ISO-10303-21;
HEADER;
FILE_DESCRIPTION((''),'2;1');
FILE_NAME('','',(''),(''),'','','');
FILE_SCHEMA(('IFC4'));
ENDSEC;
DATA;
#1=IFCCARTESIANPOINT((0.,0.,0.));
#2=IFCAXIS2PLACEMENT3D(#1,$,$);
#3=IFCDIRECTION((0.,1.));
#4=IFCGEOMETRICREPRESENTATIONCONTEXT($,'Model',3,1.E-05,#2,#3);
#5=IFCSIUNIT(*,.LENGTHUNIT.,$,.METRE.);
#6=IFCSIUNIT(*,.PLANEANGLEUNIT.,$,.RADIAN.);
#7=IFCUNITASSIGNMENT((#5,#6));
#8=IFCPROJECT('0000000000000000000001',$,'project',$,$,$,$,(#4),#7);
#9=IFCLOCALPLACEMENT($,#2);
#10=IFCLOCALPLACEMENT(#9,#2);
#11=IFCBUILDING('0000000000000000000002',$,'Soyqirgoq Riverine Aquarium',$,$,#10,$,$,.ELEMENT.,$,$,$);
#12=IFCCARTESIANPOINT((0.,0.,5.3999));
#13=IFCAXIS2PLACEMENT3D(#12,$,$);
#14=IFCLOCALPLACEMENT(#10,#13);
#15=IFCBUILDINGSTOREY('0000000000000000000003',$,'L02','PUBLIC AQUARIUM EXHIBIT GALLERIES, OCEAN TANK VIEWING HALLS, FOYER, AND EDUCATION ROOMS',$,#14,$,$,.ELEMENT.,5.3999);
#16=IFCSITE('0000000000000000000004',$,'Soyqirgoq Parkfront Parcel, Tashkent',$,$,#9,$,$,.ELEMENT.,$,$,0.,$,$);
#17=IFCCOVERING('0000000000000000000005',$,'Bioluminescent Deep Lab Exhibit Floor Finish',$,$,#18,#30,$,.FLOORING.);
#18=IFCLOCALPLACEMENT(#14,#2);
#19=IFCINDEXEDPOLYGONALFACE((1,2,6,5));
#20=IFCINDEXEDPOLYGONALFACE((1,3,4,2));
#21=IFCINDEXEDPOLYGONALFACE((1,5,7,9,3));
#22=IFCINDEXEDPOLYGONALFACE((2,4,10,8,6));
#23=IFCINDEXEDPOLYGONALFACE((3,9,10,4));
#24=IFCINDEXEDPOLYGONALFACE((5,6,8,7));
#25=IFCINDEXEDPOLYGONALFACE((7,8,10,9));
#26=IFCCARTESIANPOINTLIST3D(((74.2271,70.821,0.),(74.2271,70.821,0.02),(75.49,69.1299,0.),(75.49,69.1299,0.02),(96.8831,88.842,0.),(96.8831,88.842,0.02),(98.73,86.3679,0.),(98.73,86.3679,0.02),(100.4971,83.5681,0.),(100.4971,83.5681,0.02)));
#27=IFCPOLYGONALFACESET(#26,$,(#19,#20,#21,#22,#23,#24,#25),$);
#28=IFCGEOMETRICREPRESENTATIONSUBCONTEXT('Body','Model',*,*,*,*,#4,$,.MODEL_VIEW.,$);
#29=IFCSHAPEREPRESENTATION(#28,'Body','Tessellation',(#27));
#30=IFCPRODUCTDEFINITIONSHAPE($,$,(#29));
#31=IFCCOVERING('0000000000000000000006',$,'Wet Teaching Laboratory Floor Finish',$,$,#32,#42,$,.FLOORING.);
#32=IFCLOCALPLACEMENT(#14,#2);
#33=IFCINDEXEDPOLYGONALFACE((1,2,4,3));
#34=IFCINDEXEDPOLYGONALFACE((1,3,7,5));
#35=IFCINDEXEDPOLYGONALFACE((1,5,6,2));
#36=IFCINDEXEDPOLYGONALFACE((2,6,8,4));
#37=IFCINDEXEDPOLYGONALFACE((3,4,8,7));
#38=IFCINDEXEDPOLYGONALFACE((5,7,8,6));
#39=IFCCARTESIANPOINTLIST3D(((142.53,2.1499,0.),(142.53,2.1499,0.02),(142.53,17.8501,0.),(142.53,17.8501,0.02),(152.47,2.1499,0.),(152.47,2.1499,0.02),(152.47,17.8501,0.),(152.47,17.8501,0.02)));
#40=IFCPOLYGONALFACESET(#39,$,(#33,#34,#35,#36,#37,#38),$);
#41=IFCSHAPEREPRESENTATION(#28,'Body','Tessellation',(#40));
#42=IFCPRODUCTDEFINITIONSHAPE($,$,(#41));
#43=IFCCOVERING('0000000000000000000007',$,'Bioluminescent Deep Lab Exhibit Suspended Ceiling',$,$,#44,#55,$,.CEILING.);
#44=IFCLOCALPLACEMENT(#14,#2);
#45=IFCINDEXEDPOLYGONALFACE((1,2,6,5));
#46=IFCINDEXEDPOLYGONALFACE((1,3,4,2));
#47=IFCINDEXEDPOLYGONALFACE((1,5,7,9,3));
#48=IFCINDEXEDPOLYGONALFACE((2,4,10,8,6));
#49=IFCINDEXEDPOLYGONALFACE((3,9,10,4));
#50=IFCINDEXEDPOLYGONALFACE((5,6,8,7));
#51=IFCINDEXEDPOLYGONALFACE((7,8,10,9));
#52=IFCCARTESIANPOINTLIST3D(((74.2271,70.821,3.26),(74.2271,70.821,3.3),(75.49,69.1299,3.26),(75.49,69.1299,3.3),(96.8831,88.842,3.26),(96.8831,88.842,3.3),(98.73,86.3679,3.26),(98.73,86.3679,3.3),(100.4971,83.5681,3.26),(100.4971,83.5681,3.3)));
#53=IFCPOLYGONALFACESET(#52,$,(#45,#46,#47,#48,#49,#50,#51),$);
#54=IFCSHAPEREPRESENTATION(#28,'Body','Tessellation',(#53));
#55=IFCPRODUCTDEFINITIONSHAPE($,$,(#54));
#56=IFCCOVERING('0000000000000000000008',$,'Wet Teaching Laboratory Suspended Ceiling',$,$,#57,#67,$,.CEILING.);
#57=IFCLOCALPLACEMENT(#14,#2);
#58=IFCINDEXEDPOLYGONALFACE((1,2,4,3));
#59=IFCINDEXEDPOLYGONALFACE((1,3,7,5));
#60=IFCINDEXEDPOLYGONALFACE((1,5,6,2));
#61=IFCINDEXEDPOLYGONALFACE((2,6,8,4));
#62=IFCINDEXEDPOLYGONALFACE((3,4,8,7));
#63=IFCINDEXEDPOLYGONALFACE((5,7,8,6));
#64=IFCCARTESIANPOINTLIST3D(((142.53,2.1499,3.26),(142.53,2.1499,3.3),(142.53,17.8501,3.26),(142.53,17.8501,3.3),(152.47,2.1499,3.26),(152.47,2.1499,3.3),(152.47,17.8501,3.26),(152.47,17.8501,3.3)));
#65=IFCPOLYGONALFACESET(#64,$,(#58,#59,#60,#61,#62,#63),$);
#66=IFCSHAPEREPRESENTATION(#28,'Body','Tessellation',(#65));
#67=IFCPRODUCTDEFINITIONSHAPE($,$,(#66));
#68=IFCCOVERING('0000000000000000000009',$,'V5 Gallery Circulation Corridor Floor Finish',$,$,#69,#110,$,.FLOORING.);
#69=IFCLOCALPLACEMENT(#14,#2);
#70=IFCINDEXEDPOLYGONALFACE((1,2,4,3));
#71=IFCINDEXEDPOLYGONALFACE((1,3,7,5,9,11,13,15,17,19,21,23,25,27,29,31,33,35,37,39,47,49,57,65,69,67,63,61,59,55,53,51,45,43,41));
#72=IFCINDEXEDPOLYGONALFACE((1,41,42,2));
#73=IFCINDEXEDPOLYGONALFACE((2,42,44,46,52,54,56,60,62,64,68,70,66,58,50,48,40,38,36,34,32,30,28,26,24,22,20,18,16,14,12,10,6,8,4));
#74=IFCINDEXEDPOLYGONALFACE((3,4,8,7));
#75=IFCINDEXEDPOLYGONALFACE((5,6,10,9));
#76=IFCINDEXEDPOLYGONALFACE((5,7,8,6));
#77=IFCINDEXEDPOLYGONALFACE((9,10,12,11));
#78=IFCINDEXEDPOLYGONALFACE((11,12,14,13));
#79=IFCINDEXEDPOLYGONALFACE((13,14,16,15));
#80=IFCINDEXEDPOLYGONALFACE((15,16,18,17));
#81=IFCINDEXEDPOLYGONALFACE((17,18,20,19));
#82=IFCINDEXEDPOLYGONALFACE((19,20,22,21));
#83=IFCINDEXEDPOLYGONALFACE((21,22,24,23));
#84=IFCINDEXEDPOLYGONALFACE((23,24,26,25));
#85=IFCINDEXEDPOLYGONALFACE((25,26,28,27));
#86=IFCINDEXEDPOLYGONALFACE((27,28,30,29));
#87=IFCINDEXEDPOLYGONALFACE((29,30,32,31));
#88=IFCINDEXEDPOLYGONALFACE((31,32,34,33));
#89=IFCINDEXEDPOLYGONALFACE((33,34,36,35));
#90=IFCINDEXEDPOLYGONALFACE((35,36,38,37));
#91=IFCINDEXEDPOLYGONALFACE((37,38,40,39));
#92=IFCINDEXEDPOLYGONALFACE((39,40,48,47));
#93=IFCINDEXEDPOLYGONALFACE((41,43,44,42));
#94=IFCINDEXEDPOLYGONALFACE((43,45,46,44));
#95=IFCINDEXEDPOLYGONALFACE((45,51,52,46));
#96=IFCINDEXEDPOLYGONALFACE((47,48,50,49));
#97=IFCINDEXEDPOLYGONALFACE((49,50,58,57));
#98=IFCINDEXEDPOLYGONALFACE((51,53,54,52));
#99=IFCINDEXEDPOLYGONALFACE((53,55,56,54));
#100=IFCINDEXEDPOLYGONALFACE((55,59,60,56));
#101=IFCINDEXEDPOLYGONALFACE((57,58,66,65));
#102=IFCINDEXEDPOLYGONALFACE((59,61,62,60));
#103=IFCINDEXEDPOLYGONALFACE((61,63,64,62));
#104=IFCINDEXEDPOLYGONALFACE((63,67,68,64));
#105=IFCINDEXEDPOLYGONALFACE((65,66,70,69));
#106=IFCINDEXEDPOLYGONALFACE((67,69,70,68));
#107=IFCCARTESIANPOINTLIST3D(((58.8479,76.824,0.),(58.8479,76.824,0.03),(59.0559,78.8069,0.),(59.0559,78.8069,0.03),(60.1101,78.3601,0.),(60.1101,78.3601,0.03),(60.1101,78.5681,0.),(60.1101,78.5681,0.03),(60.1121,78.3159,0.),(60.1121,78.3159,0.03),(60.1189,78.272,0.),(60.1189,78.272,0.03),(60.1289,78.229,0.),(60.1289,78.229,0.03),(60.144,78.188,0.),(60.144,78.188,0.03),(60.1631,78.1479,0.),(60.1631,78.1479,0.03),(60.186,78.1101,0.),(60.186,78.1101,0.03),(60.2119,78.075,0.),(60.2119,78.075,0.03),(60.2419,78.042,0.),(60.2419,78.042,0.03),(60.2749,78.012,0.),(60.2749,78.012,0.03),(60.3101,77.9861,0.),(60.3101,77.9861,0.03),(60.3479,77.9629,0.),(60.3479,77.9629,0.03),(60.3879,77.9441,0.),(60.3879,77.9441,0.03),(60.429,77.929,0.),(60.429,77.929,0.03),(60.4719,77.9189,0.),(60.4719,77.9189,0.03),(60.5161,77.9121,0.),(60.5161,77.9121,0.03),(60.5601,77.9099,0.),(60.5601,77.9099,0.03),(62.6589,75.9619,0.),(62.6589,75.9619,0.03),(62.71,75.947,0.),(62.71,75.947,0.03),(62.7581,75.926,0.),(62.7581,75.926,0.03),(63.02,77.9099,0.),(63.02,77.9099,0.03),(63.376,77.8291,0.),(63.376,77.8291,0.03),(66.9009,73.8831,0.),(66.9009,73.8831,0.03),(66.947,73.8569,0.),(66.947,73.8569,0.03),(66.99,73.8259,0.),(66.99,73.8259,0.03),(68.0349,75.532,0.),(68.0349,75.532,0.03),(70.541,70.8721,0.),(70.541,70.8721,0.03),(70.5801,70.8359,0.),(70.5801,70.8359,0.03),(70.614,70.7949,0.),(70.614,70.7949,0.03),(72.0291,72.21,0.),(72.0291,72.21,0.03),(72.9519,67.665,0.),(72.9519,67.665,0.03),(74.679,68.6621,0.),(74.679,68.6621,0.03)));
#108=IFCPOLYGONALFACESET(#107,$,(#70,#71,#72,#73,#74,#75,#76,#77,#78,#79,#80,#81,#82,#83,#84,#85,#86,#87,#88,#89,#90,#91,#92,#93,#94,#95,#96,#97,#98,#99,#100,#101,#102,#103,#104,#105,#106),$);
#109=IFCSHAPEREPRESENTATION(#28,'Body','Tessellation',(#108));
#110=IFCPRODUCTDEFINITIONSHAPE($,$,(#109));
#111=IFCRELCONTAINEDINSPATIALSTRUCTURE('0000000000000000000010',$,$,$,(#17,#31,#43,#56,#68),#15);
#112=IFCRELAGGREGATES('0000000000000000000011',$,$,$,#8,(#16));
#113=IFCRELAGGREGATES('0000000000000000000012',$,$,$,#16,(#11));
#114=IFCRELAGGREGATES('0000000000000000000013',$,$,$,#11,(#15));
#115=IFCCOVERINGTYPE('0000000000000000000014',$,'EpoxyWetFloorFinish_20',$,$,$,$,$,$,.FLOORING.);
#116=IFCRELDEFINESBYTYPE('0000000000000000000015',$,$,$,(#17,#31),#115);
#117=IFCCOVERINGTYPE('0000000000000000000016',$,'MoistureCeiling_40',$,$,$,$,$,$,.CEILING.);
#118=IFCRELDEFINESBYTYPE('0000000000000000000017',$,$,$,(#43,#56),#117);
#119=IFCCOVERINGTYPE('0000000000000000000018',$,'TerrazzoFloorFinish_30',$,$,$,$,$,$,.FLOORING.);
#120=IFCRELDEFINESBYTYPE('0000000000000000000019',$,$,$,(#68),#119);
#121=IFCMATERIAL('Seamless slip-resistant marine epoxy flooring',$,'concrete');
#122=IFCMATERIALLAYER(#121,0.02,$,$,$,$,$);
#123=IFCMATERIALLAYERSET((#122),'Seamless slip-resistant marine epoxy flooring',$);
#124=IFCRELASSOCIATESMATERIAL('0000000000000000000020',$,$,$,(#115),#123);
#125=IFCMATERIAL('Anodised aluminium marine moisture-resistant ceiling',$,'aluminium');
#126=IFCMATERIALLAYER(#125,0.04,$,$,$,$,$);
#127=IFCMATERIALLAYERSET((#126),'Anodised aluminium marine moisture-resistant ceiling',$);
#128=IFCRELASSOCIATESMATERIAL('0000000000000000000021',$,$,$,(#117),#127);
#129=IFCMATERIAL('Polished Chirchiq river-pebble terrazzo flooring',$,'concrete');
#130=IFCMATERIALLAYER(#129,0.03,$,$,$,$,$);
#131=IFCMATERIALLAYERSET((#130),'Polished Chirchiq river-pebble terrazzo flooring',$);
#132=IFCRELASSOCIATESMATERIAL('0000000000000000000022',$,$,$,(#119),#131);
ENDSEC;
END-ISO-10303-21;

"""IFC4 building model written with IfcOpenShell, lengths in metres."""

from ifc_helpers import new_model, si_unit, direction, frame, origin, place, context, subcontext, project, spatial, polyline, outline, extrude, material, layer, layer_set, type_object, element, save


model = new_model("IFC4")

# Units and contexts
model_context = context("Model", 3, precision=1e-05, world=origin(), true_north=direction((0.0, 1.0)))
body_context = subcontext(model_context, "Body", "Model", "MODEL_VIEW")
ifc_project = project(units=[si_unit("LENGTHUNIT", "METRE"), si_unit("PLANEANGLEUNIT", "RADIAN")], contexts=[model_context])

# Site, building, storey
site_placement = place(None, origin())
site = spatial("IfcSite", under=ifc_project, at=site_placement, Name="Soyqirgoq Parkfront Parcel, Tashkent", CompositionType="ELEMENT", RefElevation=0.0)
building_placement = place(site_placement, origin())
building = spatial("IfcBuilding", under=site, at=building_placement, Name="Soyqirgoq Riverine Aquarium", CompositionType="ELEMENT")
storey_placement = place(building_placement, frame((0.0, 0.0, 5.3999)))
storey = spatial("IfcBuildingStorey", under=building, at=storey_placement, Name="L02", Description="PUBLIC AQUARIUM EXHIBIT GALLERIES, OCEAN TANK VIEWING HALLS, FOYER, AND EDUCATION ROOMS", CompositionType="ELEMENT", Elevation=5.3999)

# Coverings
ifc_material_1 = material(Name="Seamless slip-resistant marine epoxy flooring", Category="concrete")
ifc_layer_1 = layer(ifc_material_1, 0.02)
ifc_layer_set_1 = layer_set([ifc_layer_1], Name="Seamless slip-resistant marine epoxy flooring")
covering_type_1 = type_object("IfcCoveringType", Name="EpoxyWetFloorFinish_20", PredefinedType="FLOORING", material=ifc_layer_set_1)
covering_1_placement = place(storey_placement, origin())
element("IfcCovering", 1, at=covering_1_placement, inside=storey, type_object=covering_type_1, Name="Bioluminescent Deep Lab Exhibit Floor Finish", PredefinedType="FLOORING", context=body_context, shape_type="SweptSolid", body=[
    extrude(outline(polyline([(98.73, 86.3679), (100.4971, 83.5681), (75.49, 69.1299), (74.2271, 70.821), (96.8831, 88.842), (98.73, 86.3679)])), origin(), (0.0, 0.0, 1.0), 0.02),
])
covering_2_placement = place(storey_placement, origin())
element("IfcCovering", 2, at=covering_2_placement, inside=storey, type_object=covering_type_1, Name="Wet Teaching Laboratory Floor Finish", PredefinedType="FLOORING", context=body_context, shape_type="SweptSolid", body=[
    extrude(outline(polyline([(152.47, 17.8501), (152.47, 2.1499), (142.53, 2.1499), (142.53, 17.8501), (152.47, 17.8501)])), origin(), (0.0, 0.0, 1.0), 0.02),
])
ifc_material_2 = material(Name="Anodised aluminium marine moisture-resistant ceiling", Category="aluminium")
ifc_layer_2 = layer(ifc_material_2, 0.04)
ifc_layer_set_2 = layer_set([ifc_layer_2], Name="Anodised aluminium marine moisture-resistant ceiling")
covering_type_2 = type_object("IfcCoveringType", Name="MoistureCeiling_40", PredefinedType="CEILING", material=ifc_layer_set_2)
covering_3_placement = place(storey_placement, frame((0.0, 0.0, 3.26)))
element("IfcCovering", 3, at=covering_3_placement, inside=storey, type_object=covering_type_2, Name="Bioluminescent Deep Lab Exhibit Suspended Ceiling", PredefinedType="CEILING", context=body_context, shape_type="SweptSolid", body=[
    extrude(outline(polyline([(98.73, 86.3679), (100.4971, 83.5681), (75.49, 69.1299), (74.2271, 70.821), (96.8831, 88.842), (98.73, 86.3679)])), origin(), (0.0, 0.0, 1.0), 0.04),
])
covering_4_placement = place(storey_placement, frame((0.0, 0.0, 3.26)))
element("IfcCovering", 4, at=covering_4_placement, inside=storey, type_object=covering_type_2, Name="Wet Teaching Laboratory Suspended Ceiling", PredefinedType="CEILING", context=body_context, shape_type="SweptSolid", body=[
    extrude(outline(polyline([(152.47, 17.8501), (152.47, 2.1499), (142.53, 2.1499), (142.53, 17.8501), (152.47, 17.8501)])), origin(), (0.0, 0.0, 1.0), 0.04),
])
ifc_material_3 = material(Name="Polished Chirchiq river-pebble terrazzo flooring", Category="concrete")
ifc_layer_3 = layer(ifc_material_3, 0.03)
ifc_layer_set_3 = layer_set([ifc_layer_3], Name="Polished Chirchiq river-pebble terrazzo flooring")
covering_type_3 = type_object("IfcCoveringType", Name="TerrazzoFloorFinish_30", PredefinedType="FLOORING", material=ifc_layer_set_3)
covering_5_placement = place(storey_placement, origin())
element("IfcCovering", 5, at=covering_5_placement, inside=storey, type_object=covering_type_3, Name="V5 Gallery Circulation Corridor Floor Finish", PredefinedType="FLOORING", context=body_context, shape_type="SweptSolid", body=[
    extrude(outline(polyline([(59.0559, 78.8069), (60.1101, 78.5681), (60.1101, 78.3601), (60.1121, 78.3159), (60.1189, 78.272), (60.1289, 78.229), (60.144, 78.188), (60.1631, 78.1479), (60.186, 78.1101), (60.2119, 78.075), (60.2419, 78.042), (60.2749, 78.012), (60.3101, 77.9861), (60.3479, 77.9629), (60.3879, 77.9441), (60.429, 77.929), (60.4719, 77.9189), (60.5161, 77.9121), (60.5601, 77.9099), (63.02, 77.9099), (63.376, 77.8291), (68.0349, 75.532), (72.0291, 72.21), (74.679, 68.6621), (72.9519, 67.665), (70.614, 70.7949), (70.5801, 70.8359), (70.541, 70.8721), (66.99, 73.8259), (66.947, 73.8569), (66.9009, 73.8831), (62.7581, 75.926), (62.71, 75.947), (62.6589, 75.9619), (58.8479, 76.824), (59.0559, 78.8069)])), origin(), (0.0, 0.0, 1.0), 0.03),
])

save(model, "model.ifc")
